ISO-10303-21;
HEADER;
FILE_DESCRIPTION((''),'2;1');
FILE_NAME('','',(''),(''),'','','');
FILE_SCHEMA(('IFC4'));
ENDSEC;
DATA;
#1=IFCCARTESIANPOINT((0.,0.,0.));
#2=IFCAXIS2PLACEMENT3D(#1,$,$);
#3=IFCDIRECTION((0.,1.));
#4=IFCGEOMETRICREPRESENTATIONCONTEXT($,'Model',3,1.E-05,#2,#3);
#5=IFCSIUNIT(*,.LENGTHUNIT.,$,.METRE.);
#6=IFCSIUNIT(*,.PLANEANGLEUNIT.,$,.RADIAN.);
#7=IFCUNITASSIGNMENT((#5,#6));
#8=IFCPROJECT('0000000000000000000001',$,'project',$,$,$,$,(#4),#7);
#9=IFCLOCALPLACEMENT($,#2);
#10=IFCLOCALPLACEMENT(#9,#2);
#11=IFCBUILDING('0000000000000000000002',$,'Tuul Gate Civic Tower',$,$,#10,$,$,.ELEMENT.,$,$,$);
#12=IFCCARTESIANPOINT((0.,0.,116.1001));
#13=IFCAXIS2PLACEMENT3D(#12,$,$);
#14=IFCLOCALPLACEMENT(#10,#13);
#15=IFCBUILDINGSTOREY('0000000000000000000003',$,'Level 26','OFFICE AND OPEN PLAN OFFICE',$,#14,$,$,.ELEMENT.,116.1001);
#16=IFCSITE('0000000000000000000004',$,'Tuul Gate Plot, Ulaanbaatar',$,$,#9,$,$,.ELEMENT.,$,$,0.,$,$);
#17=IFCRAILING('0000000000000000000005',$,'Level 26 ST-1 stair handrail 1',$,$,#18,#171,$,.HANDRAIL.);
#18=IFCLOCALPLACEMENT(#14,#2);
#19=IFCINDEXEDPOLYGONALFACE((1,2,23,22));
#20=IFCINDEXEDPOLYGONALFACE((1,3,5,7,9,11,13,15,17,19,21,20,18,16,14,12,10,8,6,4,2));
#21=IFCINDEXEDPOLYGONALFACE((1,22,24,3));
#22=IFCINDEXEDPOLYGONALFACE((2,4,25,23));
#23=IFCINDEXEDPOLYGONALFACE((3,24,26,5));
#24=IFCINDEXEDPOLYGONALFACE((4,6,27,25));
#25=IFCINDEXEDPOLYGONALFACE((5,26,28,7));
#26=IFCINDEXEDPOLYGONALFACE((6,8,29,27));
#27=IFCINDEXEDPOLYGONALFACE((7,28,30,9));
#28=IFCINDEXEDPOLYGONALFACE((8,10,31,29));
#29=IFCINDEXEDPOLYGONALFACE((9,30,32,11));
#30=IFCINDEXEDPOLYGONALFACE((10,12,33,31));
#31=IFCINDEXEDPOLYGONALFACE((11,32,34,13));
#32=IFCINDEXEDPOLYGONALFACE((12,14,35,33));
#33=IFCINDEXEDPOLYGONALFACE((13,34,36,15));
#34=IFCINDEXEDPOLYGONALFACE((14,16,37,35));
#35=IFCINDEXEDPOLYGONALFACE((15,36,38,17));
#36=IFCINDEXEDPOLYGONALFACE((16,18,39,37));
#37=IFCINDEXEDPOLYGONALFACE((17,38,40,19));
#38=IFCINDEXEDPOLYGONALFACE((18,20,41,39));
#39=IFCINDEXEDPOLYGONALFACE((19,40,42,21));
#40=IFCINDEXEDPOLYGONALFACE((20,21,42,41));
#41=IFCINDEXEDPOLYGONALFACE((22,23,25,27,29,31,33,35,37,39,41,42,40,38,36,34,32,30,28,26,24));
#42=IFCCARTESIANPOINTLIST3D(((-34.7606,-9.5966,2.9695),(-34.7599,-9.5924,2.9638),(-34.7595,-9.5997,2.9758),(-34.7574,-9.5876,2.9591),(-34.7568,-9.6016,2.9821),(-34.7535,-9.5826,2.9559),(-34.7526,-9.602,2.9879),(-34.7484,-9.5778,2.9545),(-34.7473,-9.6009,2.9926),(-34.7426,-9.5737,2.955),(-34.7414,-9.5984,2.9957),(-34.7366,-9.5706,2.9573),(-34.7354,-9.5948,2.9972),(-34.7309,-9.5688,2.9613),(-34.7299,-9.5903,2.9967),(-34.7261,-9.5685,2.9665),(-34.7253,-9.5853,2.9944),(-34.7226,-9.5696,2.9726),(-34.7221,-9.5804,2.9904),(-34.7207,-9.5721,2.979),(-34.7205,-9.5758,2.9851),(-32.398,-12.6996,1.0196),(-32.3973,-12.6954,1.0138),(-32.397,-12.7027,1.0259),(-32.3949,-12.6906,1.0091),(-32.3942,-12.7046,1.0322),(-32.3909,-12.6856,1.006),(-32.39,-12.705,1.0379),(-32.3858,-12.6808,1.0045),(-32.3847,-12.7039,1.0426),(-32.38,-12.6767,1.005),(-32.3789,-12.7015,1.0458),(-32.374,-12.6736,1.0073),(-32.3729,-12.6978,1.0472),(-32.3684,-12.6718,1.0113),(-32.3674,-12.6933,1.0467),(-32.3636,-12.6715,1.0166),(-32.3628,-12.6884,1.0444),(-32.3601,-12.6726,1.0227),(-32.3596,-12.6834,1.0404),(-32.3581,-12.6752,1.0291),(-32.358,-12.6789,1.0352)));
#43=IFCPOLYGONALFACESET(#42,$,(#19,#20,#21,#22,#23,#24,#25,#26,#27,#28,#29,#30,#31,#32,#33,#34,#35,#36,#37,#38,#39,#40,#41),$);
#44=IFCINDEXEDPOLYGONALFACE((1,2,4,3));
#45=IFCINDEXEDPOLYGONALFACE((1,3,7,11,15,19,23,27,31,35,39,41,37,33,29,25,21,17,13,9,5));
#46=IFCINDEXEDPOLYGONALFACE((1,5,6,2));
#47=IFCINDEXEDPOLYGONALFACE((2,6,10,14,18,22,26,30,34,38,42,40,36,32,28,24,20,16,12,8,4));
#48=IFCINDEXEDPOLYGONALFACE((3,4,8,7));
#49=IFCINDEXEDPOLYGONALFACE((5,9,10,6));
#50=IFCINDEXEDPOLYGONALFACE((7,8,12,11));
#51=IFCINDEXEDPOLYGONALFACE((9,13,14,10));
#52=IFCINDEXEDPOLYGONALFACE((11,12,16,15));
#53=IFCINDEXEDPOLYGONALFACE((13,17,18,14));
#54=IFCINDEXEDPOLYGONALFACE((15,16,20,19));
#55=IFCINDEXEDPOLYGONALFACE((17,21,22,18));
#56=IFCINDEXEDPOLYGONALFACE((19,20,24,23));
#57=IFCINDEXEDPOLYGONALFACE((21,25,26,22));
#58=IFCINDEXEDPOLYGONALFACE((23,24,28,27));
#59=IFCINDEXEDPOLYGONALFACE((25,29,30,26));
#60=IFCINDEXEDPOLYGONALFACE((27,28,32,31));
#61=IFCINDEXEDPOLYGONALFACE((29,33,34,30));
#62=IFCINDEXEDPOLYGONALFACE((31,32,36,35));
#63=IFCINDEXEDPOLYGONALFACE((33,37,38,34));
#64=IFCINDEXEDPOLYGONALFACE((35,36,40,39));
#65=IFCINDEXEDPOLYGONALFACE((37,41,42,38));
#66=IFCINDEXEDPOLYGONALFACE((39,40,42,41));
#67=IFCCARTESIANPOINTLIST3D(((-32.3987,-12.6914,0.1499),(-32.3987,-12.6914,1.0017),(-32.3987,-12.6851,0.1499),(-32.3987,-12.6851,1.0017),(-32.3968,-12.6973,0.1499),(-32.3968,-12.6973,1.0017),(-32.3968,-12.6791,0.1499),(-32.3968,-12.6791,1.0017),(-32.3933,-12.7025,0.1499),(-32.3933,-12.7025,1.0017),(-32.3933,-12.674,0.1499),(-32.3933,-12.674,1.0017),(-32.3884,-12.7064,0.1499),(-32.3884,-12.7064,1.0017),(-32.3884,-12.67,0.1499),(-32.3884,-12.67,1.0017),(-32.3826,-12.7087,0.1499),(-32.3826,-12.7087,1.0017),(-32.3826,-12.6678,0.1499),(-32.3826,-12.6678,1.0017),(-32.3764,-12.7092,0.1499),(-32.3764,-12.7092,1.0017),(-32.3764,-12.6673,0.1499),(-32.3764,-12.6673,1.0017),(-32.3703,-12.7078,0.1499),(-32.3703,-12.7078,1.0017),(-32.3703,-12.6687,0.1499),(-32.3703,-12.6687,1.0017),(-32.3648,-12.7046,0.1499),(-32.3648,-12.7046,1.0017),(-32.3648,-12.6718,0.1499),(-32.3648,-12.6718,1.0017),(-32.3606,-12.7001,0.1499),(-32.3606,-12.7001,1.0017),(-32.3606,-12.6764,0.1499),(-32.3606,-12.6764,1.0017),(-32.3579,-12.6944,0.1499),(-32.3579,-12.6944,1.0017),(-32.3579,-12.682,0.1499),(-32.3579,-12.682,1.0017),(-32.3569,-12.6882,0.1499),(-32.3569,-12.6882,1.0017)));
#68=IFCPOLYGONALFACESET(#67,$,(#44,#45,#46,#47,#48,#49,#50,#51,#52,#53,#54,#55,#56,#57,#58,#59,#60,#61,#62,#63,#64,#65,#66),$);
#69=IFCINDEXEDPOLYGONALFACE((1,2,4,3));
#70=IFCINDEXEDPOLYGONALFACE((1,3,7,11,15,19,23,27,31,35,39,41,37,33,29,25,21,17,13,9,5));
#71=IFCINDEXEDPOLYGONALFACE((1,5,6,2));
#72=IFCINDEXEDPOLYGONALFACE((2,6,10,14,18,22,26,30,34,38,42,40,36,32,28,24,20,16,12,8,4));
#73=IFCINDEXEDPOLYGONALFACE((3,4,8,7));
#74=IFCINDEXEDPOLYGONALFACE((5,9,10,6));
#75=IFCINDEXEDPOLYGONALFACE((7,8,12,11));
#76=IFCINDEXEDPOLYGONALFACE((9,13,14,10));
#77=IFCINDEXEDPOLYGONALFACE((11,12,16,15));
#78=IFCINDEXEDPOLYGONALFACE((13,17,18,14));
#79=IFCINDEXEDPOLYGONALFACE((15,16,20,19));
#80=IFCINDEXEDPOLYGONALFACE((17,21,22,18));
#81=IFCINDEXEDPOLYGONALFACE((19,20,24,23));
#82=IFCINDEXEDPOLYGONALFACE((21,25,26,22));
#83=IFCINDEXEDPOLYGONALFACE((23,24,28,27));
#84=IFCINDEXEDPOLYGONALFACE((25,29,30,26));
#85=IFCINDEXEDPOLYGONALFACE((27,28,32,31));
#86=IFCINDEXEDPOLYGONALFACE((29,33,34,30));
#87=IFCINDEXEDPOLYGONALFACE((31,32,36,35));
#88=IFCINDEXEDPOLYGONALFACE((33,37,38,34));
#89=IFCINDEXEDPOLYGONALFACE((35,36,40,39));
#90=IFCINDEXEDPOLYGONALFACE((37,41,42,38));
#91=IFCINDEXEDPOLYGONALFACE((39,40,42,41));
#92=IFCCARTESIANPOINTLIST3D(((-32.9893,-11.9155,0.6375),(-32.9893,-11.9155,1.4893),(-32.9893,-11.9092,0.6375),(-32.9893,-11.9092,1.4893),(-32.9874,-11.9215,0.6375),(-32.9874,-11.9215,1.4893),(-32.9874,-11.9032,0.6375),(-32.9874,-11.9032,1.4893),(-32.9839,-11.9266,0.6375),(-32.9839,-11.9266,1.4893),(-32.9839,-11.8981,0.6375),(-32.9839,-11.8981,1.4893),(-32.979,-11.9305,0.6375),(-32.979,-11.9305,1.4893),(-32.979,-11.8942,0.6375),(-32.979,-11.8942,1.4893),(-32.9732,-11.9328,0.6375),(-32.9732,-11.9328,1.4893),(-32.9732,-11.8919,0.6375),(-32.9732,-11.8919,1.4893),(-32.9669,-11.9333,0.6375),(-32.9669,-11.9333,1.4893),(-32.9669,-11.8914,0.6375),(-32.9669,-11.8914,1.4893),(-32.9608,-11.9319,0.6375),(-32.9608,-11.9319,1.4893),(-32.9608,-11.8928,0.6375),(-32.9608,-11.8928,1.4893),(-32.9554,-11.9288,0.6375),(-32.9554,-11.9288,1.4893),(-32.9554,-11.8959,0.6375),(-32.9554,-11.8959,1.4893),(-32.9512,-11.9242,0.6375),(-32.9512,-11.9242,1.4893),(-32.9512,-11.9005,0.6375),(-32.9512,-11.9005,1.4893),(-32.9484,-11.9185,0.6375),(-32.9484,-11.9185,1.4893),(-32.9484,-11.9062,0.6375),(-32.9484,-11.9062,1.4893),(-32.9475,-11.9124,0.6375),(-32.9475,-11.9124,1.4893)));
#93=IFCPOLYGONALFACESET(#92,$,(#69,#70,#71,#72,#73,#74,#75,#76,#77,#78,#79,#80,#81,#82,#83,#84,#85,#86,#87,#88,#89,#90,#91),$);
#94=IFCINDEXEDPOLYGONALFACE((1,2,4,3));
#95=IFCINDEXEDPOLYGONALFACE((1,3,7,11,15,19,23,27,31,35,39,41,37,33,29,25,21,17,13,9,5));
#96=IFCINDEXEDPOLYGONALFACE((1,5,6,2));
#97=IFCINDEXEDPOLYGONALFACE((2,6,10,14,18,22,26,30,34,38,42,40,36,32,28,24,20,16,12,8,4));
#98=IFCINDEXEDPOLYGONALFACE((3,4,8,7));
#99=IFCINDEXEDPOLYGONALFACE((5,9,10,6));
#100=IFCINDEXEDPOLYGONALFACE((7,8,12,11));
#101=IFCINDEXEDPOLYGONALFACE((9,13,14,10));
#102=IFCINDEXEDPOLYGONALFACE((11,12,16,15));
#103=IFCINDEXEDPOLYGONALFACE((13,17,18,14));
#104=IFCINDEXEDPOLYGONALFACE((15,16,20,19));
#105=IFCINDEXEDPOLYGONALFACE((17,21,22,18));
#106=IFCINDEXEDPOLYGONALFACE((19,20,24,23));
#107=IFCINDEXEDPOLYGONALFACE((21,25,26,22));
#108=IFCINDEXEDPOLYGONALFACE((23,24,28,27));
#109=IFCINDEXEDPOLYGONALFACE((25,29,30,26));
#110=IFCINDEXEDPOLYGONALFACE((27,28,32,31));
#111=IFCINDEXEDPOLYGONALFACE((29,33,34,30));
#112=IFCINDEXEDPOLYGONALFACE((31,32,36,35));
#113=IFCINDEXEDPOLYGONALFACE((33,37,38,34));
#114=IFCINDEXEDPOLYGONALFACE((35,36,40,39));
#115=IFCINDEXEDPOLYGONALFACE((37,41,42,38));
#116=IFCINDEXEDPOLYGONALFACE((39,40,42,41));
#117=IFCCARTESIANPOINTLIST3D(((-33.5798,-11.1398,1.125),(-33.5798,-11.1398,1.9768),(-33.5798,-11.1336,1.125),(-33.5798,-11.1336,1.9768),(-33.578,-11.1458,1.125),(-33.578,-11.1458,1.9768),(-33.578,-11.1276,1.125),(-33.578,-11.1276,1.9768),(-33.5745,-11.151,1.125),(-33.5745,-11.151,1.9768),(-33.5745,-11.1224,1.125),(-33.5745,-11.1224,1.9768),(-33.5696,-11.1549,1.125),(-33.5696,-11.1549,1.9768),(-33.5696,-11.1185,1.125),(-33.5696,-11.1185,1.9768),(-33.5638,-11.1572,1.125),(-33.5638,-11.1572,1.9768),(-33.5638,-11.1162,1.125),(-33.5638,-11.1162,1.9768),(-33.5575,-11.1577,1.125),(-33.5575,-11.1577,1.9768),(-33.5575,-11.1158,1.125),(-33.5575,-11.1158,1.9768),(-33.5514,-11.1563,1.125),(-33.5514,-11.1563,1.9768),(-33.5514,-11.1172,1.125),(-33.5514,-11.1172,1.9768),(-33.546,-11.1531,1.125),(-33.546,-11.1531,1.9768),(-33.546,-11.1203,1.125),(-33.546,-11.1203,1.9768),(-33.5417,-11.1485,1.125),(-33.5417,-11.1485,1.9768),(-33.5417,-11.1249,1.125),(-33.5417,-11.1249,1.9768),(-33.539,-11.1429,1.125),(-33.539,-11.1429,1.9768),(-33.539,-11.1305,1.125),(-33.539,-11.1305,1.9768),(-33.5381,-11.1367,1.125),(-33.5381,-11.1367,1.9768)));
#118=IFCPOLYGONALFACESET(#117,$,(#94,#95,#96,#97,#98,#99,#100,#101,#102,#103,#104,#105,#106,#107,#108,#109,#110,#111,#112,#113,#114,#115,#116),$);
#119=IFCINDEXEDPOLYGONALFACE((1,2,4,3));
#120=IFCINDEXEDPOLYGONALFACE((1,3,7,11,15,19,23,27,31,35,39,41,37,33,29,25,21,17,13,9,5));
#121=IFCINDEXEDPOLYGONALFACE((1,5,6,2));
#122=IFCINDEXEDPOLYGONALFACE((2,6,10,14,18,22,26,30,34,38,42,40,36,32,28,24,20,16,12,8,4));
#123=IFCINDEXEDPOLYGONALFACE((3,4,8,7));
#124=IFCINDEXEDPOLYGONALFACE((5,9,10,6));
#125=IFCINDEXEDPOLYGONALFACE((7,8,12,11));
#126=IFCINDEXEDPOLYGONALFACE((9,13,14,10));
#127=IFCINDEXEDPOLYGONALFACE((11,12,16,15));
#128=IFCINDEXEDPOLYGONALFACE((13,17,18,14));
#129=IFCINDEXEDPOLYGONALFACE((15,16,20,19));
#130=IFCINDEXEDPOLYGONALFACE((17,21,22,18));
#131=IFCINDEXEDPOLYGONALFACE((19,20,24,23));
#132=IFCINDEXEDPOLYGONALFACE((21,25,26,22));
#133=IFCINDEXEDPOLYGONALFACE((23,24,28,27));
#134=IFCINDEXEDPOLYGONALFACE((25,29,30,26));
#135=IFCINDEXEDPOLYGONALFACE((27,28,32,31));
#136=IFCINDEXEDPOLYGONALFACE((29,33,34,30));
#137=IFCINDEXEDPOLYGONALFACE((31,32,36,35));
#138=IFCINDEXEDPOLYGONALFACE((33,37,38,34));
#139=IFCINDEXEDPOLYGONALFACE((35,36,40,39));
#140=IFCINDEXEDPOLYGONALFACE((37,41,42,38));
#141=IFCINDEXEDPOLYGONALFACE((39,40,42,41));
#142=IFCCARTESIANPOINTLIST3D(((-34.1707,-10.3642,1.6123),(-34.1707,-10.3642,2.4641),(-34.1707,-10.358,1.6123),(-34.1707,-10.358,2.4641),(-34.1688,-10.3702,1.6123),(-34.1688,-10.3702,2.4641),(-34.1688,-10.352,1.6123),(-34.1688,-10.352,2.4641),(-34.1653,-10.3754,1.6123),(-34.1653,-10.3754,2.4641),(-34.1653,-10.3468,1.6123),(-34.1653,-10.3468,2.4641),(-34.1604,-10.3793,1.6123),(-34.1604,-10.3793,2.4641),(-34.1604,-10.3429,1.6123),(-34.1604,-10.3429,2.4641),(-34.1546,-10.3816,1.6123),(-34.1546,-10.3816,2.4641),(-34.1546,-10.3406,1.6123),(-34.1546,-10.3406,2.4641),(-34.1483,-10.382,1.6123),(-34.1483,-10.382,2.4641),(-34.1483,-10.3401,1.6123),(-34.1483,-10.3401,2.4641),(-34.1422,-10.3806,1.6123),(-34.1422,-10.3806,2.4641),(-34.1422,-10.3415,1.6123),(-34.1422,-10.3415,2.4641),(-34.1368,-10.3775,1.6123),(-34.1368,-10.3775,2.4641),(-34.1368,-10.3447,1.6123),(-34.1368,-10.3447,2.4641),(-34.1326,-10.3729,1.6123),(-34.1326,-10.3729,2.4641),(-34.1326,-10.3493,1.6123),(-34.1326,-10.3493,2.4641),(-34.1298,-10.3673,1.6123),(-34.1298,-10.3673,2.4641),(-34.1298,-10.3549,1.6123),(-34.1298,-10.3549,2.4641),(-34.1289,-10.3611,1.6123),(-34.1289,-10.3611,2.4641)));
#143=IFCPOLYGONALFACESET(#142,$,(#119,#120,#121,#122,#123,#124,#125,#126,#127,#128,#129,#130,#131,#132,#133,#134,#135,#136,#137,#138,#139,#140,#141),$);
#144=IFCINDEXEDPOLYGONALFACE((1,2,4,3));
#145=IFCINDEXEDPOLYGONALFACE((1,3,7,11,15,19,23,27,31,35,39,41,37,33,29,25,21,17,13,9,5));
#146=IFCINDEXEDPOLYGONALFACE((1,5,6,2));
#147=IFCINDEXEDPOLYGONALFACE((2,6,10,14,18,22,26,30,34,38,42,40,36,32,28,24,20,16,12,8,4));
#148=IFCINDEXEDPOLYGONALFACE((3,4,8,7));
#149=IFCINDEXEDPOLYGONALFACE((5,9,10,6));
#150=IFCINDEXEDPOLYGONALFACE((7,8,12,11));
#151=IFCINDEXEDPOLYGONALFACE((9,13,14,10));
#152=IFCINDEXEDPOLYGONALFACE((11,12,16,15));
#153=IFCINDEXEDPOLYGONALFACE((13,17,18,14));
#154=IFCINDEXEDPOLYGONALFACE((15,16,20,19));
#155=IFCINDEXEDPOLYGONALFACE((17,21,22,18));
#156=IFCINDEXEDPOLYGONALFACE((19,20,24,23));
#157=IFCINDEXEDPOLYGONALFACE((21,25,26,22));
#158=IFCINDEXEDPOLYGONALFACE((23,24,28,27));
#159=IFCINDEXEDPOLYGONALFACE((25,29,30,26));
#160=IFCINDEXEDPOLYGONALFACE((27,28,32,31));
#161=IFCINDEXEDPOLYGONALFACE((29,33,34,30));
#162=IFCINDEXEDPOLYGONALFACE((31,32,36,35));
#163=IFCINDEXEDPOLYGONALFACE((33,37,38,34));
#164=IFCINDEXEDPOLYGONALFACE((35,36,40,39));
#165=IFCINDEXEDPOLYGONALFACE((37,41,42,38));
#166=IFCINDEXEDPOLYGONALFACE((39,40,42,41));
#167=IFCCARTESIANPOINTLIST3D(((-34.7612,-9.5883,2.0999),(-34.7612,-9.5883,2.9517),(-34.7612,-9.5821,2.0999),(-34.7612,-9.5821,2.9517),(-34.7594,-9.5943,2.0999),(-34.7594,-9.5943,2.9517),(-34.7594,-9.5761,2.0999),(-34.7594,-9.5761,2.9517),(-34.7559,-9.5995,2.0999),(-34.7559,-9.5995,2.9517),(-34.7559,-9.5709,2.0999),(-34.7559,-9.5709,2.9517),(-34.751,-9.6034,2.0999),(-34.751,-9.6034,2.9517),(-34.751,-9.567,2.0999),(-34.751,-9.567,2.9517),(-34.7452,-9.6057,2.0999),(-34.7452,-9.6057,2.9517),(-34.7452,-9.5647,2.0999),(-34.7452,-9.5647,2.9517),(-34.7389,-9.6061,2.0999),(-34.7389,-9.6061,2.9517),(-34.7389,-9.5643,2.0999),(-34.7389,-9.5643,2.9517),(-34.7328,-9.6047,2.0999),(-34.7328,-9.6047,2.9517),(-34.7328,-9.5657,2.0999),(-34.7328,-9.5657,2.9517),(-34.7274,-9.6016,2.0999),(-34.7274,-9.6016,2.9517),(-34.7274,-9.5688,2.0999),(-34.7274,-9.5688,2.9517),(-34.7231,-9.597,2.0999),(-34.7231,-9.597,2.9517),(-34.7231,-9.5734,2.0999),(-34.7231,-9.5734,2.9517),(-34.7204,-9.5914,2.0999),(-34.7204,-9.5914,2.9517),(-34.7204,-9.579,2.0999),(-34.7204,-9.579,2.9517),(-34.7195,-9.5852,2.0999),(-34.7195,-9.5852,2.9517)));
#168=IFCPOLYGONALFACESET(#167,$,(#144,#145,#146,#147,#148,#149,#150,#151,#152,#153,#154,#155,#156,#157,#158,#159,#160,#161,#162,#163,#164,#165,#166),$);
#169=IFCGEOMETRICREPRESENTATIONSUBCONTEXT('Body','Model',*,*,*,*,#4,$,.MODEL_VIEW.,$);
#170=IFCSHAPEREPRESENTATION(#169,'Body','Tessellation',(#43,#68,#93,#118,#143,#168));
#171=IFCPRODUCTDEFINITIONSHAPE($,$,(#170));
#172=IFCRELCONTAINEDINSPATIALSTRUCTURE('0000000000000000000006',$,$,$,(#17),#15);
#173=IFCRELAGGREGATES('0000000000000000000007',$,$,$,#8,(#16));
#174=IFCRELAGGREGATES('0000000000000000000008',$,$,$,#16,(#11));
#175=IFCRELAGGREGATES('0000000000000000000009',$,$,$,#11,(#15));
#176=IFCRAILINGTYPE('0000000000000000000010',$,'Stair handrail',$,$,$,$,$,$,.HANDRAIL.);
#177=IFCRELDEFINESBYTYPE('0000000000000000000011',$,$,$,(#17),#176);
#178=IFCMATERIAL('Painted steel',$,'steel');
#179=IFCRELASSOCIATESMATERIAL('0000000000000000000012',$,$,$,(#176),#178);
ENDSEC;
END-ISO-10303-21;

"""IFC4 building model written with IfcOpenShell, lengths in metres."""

from ifc_helpers import new_model, si_unit, direction, frame, origin, origin_2d, place, context, subcontext, project, spatial, circle, extrude, material, type_object, element, save


model = new_model("IFC4")

# Units and contexts
model_context = context("Model", 3, precision=1e-05, world=origin(), true_north=direction((0.0, 1.0)))
body_context = subcontext(model_context, "Body", "Model", "MODEL_VIEW")
ifc_project = project(units=[si_unit("LENGTHUNIT", "METRE"), si_unit("PLANEANGLEUNIT", "RADIAN")], contexts=[model_context])

# Site, building, storey
site_placement = place(None, origin())
site = spatial("IfcSite", under=ifc_project, at=site_placement, Name="Tuul Gate Plot, Ulaanbaatar", CompositionType="ELEMENT", RefElevation=0.0)
building_placement = place(site_placement, origin())
building = spatial("IfcBuilding", under=site, at=building_placement, Name="Tuul Gate Civic Tower", CompositionType="ELEMENT")
storey_placement = place(building_placement, frame((0.0, 0.0, 116.1001)))
storey = spatial("IfcBuildingStorey", under=building, at=storey_placement, Name="Level 26", Description="OFFICE AND OPEN PLAN OFFICE", CompositionType="ELEMENT", Elevation=116.1001)

# Railing
ifc_material_1 = material(Name="Painted steel", Category="steel")
railing_type = type_object("IfcRailingType", Name="Stair handrail", PredefinedType="HANDRAIL", material=ifc_material_1)
railing_1_placement = place(storey_placement, frame((-32.3779, -12.6882, 0.1499)))
element("IfcRailing", 1, at=railing_1_placement, inside=storey, type_object=railing_type, Name="Level 26 ST-1 stair handrail 1", PredefinedType="HANDRAIL", context=body_context, shape_type="SweptSolid", body=[
    extrude(circle(Radius=0.0239, at=origin_2d()), frame((0.0, 0.0, 0.876), z_axis=(-0.541824, 0.711645, 0.4472), x_axis=(-0.795637, -0.605773, 0.0)), (0.0, 0.0, 1.0), 4.3604),
    extrude(circle(Radius=0.021, at=origin_2d()), origin(), (0.0, 0.0, 1.0), 0.8518),
    extrude(circle(Radius=0.021, at=origin_2d()), frame((-0.5906, 0.7759, 0.4875)), (0.0, 0.0, 1.0), 0.8518),
    extrude(circle(Radius=0.021, at=origin_2d()), frame((-1.1812, 1.5515, 0.9751)), (0.0, 0.0, 1.0), 0.8518),
    extrude(circle(Radius=0.021, at=origin_2d()), frame((-1.772, 2.3271, 1.4624)), (0.0, 0.0, 1.0), 0.8518),
    extrude(circle(Radius=0.021, at=origin_2d()), frame((-2.3625, 3.103, 1.95)), (0.0, 0.0, 1.0), 0.8518),
])

save(model, "model.ifc")
